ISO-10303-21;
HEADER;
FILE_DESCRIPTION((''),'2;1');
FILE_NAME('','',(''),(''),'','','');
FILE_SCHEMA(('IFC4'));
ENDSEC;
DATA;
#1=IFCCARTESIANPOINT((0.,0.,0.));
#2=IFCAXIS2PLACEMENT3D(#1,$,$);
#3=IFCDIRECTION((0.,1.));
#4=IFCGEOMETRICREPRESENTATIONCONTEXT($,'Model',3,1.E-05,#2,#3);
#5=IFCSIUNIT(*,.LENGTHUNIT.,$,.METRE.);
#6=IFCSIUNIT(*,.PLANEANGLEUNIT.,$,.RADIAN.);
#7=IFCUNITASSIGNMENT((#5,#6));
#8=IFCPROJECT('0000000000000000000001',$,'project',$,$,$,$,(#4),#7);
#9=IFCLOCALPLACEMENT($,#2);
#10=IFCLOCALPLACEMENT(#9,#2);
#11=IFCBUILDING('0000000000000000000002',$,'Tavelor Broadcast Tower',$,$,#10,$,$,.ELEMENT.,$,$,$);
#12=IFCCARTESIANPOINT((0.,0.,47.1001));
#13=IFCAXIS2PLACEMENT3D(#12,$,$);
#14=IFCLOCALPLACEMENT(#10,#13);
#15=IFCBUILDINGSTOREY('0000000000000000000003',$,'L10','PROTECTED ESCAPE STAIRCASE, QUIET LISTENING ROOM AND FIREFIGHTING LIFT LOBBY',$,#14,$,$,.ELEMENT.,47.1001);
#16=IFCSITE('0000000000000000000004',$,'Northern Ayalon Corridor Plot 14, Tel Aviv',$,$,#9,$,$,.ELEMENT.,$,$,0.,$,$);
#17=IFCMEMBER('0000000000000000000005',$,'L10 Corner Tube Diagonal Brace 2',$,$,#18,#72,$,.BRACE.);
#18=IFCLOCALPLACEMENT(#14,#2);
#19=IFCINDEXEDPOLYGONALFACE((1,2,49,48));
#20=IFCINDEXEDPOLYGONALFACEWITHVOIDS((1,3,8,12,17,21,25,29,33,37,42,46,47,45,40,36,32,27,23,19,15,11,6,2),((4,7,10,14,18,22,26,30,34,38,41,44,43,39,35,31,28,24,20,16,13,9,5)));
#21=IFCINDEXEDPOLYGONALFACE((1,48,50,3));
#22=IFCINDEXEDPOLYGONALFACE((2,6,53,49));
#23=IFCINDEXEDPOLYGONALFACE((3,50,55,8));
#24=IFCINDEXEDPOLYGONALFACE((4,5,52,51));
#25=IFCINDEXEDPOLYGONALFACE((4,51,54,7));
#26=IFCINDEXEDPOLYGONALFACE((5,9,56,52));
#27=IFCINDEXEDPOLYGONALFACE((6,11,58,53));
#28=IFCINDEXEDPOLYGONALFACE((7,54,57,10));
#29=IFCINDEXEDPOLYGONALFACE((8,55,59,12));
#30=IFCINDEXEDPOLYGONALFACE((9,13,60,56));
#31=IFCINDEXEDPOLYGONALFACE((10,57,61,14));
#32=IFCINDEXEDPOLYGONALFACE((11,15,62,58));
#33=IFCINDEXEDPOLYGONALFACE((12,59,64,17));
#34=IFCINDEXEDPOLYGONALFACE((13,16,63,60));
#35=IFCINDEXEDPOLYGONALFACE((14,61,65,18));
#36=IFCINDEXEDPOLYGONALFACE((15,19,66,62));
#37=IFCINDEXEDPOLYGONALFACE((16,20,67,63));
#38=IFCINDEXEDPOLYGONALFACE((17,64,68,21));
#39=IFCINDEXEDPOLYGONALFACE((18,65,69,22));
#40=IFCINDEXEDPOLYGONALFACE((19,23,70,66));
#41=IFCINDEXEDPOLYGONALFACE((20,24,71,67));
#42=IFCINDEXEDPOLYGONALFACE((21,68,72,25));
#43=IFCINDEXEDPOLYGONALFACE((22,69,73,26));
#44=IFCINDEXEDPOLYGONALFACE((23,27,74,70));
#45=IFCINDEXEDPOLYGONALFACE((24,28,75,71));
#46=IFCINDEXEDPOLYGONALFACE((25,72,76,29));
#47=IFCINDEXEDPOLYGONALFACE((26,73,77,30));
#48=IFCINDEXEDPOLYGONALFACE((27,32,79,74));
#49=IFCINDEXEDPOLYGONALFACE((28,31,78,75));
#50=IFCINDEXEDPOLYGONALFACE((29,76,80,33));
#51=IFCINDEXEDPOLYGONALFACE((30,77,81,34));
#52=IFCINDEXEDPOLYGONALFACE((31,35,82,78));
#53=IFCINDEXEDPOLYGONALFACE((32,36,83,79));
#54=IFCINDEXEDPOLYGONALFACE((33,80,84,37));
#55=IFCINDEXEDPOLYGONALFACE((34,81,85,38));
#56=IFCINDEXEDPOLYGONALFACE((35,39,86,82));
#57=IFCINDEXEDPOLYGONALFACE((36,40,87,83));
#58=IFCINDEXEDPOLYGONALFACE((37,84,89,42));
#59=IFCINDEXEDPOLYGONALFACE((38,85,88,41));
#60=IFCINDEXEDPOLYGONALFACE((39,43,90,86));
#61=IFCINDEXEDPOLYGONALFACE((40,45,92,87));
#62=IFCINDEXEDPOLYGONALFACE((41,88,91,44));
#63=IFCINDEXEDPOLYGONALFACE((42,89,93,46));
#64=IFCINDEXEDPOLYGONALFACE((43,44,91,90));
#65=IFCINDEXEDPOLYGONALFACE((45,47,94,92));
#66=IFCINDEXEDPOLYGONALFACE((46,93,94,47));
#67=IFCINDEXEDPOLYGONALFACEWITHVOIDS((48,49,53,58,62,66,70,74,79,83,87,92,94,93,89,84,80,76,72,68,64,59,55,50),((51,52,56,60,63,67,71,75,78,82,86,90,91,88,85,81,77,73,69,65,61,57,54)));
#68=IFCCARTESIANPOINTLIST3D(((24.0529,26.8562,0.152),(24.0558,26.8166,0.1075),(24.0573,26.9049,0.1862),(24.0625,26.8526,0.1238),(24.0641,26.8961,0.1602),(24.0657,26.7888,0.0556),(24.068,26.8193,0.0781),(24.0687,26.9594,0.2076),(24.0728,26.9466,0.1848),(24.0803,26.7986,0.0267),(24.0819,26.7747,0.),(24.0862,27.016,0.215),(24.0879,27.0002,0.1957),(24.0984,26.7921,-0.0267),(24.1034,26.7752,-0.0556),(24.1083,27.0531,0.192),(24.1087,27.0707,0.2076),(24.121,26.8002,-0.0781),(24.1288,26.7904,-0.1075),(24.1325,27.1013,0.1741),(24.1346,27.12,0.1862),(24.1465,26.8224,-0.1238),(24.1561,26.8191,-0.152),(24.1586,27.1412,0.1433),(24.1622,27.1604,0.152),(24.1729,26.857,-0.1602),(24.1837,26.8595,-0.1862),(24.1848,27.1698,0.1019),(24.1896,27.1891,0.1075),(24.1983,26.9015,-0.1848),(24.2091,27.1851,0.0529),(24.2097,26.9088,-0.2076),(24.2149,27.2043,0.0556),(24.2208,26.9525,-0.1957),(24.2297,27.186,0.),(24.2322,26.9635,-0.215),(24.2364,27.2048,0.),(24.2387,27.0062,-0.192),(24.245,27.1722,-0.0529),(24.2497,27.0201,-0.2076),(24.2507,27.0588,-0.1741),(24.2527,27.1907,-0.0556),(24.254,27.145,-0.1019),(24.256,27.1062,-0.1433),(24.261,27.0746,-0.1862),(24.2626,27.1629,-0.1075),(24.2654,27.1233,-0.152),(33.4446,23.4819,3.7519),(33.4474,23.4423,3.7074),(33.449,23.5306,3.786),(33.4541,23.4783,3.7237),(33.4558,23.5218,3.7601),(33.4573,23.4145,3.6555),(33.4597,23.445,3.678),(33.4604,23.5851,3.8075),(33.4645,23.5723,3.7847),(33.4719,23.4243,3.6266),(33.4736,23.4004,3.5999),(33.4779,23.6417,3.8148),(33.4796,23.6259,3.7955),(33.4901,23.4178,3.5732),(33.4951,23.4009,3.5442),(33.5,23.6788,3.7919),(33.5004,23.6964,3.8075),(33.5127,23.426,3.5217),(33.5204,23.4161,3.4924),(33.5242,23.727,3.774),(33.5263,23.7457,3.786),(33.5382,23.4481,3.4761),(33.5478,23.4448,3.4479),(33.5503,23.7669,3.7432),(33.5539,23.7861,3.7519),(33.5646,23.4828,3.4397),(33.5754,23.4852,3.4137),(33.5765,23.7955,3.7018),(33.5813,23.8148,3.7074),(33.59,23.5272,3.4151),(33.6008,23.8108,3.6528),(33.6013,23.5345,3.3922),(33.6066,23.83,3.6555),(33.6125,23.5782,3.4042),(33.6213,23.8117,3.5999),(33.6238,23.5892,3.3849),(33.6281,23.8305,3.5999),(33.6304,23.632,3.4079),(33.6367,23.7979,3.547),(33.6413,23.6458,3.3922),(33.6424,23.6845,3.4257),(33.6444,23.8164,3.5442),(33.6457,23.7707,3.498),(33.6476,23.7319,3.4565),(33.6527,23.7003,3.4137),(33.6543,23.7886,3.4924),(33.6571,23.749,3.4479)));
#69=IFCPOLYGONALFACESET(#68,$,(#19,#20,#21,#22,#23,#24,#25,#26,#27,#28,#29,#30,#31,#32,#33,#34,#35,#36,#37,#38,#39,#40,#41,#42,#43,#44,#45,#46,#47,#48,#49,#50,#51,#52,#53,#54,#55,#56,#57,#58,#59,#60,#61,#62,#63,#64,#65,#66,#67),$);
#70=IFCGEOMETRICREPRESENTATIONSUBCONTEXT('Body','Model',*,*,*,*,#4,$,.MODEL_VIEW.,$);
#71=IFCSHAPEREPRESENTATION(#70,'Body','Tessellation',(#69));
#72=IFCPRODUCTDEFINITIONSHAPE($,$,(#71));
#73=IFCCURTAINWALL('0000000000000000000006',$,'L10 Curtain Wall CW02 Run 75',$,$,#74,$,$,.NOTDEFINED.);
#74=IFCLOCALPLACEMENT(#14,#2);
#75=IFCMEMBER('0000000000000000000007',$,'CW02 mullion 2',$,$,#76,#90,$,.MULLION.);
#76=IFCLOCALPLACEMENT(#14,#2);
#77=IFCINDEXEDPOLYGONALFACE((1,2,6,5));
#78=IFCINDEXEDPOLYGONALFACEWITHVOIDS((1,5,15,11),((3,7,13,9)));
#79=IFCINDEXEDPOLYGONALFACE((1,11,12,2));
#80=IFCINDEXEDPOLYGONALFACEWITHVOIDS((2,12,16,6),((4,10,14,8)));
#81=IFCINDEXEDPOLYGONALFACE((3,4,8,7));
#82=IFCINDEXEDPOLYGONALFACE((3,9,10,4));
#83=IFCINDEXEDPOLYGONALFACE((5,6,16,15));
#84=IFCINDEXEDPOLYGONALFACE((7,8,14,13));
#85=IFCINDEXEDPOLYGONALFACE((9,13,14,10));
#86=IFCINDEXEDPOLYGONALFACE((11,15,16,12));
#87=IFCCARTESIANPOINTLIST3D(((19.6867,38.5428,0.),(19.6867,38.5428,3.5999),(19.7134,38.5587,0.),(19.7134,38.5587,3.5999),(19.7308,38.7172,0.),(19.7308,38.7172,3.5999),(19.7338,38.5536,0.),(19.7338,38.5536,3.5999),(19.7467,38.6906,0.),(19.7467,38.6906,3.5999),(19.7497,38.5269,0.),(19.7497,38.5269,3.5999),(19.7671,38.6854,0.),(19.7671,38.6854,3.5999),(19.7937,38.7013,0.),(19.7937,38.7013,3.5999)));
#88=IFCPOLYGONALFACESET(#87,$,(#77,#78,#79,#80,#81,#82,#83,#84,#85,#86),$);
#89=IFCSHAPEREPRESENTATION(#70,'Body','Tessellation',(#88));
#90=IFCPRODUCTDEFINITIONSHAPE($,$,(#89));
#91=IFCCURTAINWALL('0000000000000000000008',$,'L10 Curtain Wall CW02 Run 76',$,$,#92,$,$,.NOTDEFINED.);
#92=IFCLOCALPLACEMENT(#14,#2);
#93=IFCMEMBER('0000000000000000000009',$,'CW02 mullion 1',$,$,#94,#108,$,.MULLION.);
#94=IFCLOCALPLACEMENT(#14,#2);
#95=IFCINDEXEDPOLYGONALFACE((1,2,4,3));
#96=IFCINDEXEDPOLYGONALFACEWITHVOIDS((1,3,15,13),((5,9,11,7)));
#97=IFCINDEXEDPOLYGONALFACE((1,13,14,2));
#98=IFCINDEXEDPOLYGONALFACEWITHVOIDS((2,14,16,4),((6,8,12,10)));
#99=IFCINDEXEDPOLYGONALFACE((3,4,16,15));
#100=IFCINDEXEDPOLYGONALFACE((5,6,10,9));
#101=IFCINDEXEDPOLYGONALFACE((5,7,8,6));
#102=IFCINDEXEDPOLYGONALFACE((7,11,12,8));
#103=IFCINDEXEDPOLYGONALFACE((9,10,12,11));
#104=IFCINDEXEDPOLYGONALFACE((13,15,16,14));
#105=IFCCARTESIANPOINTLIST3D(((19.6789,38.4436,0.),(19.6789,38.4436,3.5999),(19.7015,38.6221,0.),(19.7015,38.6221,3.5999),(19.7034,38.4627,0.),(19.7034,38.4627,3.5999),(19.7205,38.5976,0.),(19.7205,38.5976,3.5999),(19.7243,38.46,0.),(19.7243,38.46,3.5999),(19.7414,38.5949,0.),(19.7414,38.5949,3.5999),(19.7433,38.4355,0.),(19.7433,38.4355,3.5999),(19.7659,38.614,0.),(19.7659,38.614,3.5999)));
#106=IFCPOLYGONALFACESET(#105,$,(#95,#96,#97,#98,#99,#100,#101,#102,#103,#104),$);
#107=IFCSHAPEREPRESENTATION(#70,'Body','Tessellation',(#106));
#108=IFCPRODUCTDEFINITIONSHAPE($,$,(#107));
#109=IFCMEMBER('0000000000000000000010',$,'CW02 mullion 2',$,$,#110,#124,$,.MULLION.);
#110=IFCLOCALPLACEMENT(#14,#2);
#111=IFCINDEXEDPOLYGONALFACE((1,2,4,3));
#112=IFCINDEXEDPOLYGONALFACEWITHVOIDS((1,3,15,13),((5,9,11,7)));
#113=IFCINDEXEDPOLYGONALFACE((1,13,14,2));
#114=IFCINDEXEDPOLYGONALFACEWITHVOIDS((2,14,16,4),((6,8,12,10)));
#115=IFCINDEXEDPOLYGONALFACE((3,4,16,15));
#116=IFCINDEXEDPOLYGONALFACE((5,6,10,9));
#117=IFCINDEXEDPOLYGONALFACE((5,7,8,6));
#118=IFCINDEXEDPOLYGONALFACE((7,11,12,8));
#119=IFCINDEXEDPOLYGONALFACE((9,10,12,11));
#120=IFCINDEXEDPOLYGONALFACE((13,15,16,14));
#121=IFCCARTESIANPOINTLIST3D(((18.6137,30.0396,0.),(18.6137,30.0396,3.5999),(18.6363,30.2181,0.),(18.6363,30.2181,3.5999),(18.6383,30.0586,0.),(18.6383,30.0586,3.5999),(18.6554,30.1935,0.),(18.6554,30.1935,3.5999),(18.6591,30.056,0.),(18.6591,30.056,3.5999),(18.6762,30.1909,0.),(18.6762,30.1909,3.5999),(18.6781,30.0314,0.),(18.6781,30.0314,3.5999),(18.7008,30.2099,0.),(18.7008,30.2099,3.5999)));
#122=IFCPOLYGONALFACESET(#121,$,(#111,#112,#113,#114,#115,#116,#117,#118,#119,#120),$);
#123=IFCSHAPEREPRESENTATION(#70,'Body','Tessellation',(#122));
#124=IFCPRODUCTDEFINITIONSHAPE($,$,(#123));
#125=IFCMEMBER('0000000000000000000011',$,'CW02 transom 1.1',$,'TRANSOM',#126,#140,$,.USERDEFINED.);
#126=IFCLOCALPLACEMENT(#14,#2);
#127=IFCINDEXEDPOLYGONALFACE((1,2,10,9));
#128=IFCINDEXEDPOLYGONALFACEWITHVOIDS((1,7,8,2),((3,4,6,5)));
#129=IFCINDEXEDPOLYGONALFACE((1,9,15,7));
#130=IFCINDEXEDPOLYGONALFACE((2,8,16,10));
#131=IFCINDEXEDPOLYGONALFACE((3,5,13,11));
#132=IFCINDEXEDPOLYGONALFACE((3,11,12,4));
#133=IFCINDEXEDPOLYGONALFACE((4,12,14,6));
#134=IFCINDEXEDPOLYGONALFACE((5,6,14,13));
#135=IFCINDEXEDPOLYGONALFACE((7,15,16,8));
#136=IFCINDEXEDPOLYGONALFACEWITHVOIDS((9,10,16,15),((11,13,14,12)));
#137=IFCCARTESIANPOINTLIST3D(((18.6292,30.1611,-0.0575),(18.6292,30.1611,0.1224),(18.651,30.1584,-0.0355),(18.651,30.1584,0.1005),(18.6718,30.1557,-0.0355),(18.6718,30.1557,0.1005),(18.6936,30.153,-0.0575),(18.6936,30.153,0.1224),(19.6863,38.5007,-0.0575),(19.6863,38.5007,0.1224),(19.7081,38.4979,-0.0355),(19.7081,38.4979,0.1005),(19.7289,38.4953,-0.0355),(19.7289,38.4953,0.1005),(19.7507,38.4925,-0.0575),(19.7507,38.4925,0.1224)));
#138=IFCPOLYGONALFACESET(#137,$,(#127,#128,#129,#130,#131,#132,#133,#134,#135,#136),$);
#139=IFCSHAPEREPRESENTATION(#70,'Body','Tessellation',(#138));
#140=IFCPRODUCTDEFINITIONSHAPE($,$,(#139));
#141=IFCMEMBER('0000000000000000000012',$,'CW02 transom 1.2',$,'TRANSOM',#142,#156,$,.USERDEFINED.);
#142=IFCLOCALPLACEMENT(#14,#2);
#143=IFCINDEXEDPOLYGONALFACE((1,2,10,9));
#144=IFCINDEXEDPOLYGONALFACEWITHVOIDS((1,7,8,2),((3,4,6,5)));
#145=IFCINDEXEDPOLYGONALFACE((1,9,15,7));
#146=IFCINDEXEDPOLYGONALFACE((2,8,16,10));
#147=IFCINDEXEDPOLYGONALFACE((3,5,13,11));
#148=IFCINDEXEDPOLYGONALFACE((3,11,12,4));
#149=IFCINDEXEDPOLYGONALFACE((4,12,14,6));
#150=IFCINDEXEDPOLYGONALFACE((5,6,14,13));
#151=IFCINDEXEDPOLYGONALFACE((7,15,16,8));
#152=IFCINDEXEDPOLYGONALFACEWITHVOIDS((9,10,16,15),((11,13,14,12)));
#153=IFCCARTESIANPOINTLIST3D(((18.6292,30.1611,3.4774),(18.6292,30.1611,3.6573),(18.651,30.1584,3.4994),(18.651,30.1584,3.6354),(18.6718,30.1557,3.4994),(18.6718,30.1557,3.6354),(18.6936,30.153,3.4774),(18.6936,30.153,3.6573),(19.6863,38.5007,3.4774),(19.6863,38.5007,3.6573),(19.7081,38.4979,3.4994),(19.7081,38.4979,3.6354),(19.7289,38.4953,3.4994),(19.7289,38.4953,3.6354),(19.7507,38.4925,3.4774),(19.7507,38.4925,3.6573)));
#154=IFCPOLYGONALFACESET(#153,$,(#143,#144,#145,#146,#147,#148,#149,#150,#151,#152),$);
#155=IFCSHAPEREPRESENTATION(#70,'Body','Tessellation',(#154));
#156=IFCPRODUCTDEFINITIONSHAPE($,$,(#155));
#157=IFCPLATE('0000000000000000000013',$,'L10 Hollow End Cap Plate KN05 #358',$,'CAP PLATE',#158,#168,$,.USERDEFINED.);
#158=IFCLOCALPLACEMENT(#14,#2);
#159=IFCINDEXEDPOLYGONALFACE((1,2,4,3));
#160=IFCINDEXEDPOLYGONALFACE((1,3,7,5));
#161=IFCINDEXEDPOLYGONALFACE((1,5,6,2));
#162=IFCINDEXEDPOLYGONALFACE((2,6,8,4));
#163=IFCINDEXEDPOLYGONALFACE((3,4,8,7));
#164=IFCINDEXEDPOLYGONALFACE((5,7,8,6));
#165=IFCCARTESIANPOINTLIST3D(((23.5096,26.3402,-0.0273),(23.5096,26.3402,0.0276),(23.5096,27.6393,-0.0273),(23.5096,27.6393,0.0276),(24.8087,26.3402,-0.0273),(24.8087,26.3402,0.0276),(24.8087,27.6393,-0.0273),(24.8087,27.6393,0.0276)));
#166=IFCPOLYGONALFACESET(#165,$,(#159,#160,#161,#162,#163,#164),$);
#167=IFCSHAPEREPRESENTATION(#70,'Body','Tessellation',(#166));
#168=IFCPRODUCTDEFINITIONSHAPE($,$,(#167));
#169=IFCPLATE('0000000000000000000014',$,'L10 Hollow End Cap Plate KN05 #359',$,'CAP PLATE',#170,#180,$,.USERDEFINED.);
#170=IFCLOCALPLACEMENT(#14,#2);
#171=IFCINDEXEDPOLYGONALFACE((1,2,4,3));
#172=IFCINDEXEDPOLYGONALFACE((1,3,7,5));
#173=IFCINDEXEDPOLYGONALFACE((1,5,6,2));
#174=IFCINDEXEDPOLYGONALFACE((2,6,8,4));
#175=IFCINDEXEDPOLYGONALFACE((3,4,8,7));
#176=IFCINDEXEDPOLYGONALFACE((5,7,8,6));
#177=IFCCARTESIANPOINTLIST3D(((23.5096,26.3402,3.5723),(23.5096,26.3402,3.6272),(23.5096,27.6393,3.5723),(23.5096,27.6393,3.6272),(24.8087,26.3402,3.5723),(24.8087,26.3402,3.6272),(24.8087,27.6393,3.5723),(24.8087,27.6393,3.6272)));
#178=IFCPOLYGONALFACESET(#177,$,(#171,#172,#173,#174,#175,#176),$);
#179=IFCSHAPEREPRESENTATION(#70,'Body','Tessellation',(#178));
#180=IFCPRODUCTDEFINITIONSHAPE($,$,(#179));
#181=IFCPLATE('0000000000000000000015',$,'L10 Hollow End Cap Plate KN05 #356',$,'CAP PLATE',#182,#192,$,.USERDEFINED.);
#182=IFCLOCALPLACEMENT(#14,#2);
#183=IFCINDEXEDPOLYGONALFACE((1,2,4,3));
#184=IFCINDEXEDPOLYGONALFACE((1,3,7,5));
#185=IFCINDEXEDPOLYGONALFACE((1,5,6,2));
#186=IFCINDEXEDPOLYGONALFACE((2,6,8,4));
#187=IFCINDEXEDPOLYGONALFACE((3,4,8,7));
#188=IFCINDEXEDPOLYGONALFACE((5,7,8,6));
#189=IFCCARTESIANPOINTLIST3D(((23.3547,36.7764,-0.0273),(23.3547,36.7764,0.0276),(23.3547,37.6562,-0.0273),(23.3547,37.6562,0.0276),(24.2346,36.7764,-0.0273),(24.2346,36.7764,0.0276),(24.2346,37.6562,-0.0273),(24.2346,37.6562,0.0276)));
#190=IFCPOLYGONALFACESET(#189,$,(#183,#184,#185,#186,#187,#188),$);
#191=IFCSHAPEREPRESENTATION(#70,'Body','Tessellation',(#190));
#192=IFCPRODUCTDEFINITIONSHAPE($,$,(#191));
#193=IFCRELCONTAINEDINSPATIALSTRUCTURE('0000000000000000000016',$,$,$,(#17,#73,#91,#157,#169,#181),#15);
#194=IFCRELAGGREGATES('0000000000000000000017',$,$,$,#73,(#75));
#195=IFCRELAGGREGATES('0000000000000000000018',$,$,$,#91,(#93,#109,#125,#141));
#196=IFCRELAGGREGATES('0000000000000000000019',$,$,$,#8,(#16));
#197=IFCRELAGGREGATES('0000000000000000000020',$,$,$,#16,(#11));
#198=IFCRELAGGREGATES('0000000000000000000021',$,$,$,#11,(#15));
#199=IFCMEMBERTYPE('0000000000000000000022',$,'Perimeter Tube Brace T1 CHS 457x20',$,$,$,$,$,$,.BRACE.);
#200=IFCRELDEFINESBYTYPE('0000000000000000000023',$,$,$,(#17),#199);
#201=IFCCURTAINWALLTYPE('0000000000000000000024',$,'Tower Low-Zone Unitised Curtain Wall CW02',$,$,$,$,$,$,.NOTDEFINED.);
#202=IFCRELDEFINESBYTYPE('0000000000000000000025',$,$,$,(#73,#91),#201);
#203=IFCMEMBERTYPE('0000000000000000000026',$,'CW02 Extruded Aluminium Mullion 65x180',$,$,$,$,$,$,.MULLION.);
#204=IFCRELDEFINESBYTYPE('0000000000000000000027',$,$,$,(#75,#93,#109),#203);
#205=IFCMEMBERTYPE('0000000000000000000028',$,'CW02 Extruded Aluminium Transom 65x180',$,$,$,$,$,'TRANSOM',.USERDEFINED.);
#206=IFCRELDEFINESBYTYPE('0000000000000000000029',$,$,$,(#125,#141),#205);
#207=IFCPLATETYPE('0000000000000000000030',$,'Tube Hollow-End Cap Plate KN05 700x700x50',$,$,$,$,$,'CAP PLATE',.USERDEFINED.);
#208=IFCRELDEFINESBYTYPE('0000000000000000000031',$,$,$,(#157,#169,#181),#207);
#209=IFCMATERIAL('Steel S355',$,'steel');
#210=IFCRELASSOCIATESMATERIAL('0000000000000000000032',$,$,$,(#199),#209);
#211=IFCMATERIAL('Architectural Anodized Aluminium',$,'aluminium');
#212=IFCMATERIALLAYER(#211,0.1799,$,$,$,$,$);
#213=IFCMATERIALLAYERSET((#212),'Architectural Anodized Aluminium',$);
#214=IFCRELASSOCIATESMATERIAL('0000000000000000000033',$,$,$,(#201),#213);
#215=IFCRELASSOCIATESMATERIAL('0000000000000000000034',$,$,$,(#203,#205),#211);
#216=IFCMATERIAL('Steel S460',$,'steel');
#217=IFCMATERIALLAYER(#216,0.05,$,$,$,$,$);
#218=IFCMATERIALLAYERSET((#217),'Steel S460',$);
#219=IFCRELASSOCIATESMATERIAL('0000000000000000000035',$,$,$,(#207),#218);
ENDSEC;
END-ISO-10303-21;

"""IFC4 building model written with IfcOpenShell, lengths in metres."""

from ifc_helpers import new_model, si_unit, direction, frame, origin, origin_2d, place, context, subcontext, project, spatial, rectangle, hollow_rectangle, hollow_circle, extrude, source, transform, mapped, material, layer, layer_set, material_profile, profile_set, type_object, type_shapes, element, aggregate, save


model = new_model("IFC4")

# Units and contexts
model_context = context("Model", 3, precision=1e-05, world=origin(), true_north=direction((0.0, 1.0)))
body_context = subcontext(model_context, "Body", "Model", "MODEL_VIEW")
ifc_project = project(units=[si_unit("LENGTHUNIT", "METRE"), si_unit("PLANEANGLEUNIT", "RADIAN")], contexts=[model_context])

# Site, building, storey
site_placement = place(None, origin())
site = spatial("IfcSite", under=ifc_project, at=site_placement, Name="Northern Ayalon Corridor Plot 14, Tel Aviv", CompositionType="ELEMENT", RefElevation=0.0)
building_placement = place(site_placement, origin())
building = spatial("IfcBuilding", under=site, at=building_placement, Name="Tavelor Broadcast Tower", CompositionType="ELEMENT")
storey_placement = place(building_placement, frame((0.0, 0.0, 47.1001)))
storey = spatial("IfcBuildingStorey", under=building, at=storey_placement, Name="L10", Description="PROTECTED ESCAPE STAIRCASE, QUIET LISTENING ROOM AND FIREFIGHTING LIFT LOBBY", CompositionType="ELEMENT", Elevation=47.1001)

# Shared definitions
ifc_material_1 = material(Name="Steel S460", Category="steel")

# Shared definitions
ifc_material_2 = material(Name="Steel S355", Category="steel")

# Member
ifc_material_profile_1 = material_profile(ifc_material_2, hollow_circle(Radius=0.2285, WallThickness=0.02, at=origin_2d()), Name="CHS 457x20")
ifc_profile_set_1 = profile_set([ifc_material_profile_1], Name="Steel S355")
member_type_1 = type_object("IfcMemberType", Name="Perimeter Tube Brace T1 CHS 457x20", PredefinedType="BRACE", material=ifc_profile_set_1)
member_1_placement = place(storey_placement, frame((24.1592, 26.9897, 0.0), z_axis=(0.885265, -0.318063, 0.339327), x_axis=(0.338124, 0.941101, 0.0)))
element("IfcMember", 1, at=member_1_placement, inside=storey, type_object=member_type_1, Name="L10 Corner Tube Diagonal Brace 2", PredefinedType="BRACE", context=body_context, shape_type="SweptSolid", body=[
    extrude(hollow_circle(Radius=0.2285, WallThickness=0.02, at=origin_2d()), origin(), (0.0, 0.0, 1.0), 10.6089),
])

# Curtain wall, member
ifc_material_3 = material(Name="Architectural Anodized Aluminium", Category="aluminium")
ifc_layer_1 = layer(ifc_material_3, 0.1799)
ifc_layer_set_1 = layer_set([ifc_layer_1], Name="Architectural Anodized Aluminium")
curtain_wall_type = type_object("IfcCurtainWallType", Name="Tower Low-Zone Unitised Curtain Wall CW02", PredefinedType="NOTDEFINED", material=ifc_layer_set_1)
curtain_wall_1_placement = place(storey_placement, origin())
curtain_wall_1 = element("IfcCurtainWall", 2, at=curtain_wall_1_placement, inside=storey, type_object=curtain_wall_type, Name="L10 Curtain Wall CW02 Run 75", PredefinedType="NOTDEFINED")
ifc_material_profile_2 = material_profile(ifc_material_3, hollow_rectangle(XDim=0.0649, YDim=0.1799, WallThickness=0.022, at=origin_2d()), Name="RHS 65x180x22")
ifc_profile_set_2 = profile_set([ifc_material_profile_2], Name="Architectural Anodized Aluminium")
member_type_2 = type_object("IfcMemberType", Name="CW02 Extruded Aluminium Mullion 65x180", PredefinedType="MULLION", material=ifc_profile_set_2)
shared_shape_1 = source(origin(), body_context, "Body", "SweptSolid", [
    extrude(hollow_rectangle(XDim=0.0649, YDim=0.1799, WallThickness=0.022, at=origin_2d()), origin(), (0.0, 0.0, 1.0), 3.5999),
])
type_shapes(member_type_2, [shared_shape_1])
member_2_placement = place(storey_placement, frame((19.7402, 38.6221, 0.0), z_axis=(0.0, 0.0, 1.0), x_axis=(0.969555, -0.244874, 0.0)))
member_2 = element("IfcMember", 3, at=member_2_placement, type_object=member_type_2, Name="CW02 mullion 2", PredefinedType="MULLION", context=body_context, shape_type="MappedRepresentation", body=[
    mapped(shared_shape_1, transform((0.0, 0.0, 0.0), scale=1.0)),
])
aggregate(curtain_wall_1, [member_2])

# Curtain wall, members
curtain_wall_2_placement = place(storey_placement, origin())
curtain_wall_2 = element("IfcCurtainWall", 4, at=curtain_wall_2_placement, inside=storey, type_object=curtain_wall_type, Name="L10 Curtain Wall CW02 Run 76", PredefinedType="NOTDEFINED")
member_3_placement = place(storey_placement, frame((19.7224, 38.5288, 0.0), z_axis=(0.0, 0.0, 1.0), x_axis=(0.992063, -0.125745, 0.0)))
member_3 = element("IfcMember", 5, at=member_3_placement, type_object=member_type_2, Name="CW02 mullion 1", PredefinedType="MULLION", context=body_context, shape_type="MappedRepresentation", body=[
    mapped(shared_shape_1, transform((0.0, 0.0, 0.0), scale=1.0)),
])
member_4_placement = place(storey_placement, frame((18.6572, 30.1248, 0.0), z_axis=(0.0, 0.0, 1.0), x_axis=(0.992063, -0.125745, 0.0)))
member_4 = element("IfcMember", 6, at=member_4_placement, type_object=member_type_2, Name="CW02 mullion 2", PredefinedType="MULLION", context=body_context, shape_type="MappedRepresentation", body=[
    mapped(shared_shape_1, transform((0.0, 0.0, 0.0), scale=1.0)),
])
ifc_material_profile_3 = material_profile(ifc_material_3, hollow_rectangle(XDim=0.0649, YDim=0.1799, WallThickness=0.022, at=origin_2d()), Name="RHS 65x180x22")
ifc_profile_set_3 = profile_set([ifc_material_profile_3], Name="Architectural Anodized Aluminium")
member_type_3 = type_object("IfcMemberType", Name="CW02 Extruded Aluminium Transom 65x180", ElementType="TRANSOM", PredefinedType="USERDEFINED", material=ifc_profile_set_3)
shared_shape_2 = source(origin(), body_context, "Body", "SweptSolid", [
    extrude(hollow_rectangle(XDim=0.0649, YDim=0.1799, WallThickness=0.022, at=origin_2d()), origin(), (0.0, 0.0, 1.0), 8.4062),
])
type_shapes(member_type_3, [shared_shape_2])
member_5_placement = place(storey_placement, frame((19.7185, 38.4966, 0.0325), z_axis=(-0.125754, -0.992061, 0.0), x_axis=(0.992061, -0.125754, 0.0)))
member_5 = element("IfcMember", 7, at=member_5_placement, type_object=member_type_3, Name="CW02 transom 1.1", ObjectType="TRANSOM", PredefinedType="USERDEFINED", context=body_context, shape_type="MappedRepresentation", body=[
    mapped(shared_shape_2, transform((0.0, 0.0, 0.0), scale=1.0)),
])
member_6_placement = place(storey_placement, frame((19.7185, 38.4966, 3.5674), z_axis=(-0.125754, -0.992061, 0.0), x_axis=(0.992061, -0.125754, 0.0)))
member_6 = element("IfcMember", 8, at=member_6_placement, type_object=member_type_3, Name="CW02 transom 1.2", ObjectType="TRANSOM", PredefinedType="USERDEFINED", context=body_context, shape_type="MappedRepresentation", body=[
    mapped(shared_shape_2, transform((0.0, 0.0, 0.0), scale=1.0)),
])

# Plates
ifc_layer_2 = layer(ifc_material_1, 0.05)
ifc_layer_set_2 = layer_set([ifc_layer_2], Name="Steel S460")
plate_type_1 = type_object("IfcPlateType", Name="Tube Hollow-End Cap Plate KN05 700x700x50", ElementType="CAP PLATE", PredefinedType="USERDEFINED", material=ifc_layer_set_2)
shared_shape_3 = source(origin(), body_context, "Body", "SweptSolid", [
    extrude(rectangle(XDim=1.2991, YDim=1.2991, at=origin_2d()), origin(), (0.0, 0.0, 1.0), 0.0549),
])
for number, where, z_axis, x_axis, name in (
    (9, (24.1592, 26.9897, -0.0273), (0.0, 0.0, 1.0), (1.0, 0.0, 0.0), "L10 Hollow End Cap Plate KN05 #358"),
    (10, (24.1592, 26.9897, 3.5723), (0.0, 0.0, 1.0), (1.0, 0.0, 0.0), "L10 Hollow End Cap Plate KN05 #359"),
):
    element("IfcPlate", number, at=place(storey_placement, frame(where, z_axis=z_axis, x_axis=x_axis)), inside=storey, type_object=plate_type_1, Name=name, ObjectType="CAP PLATE", PredefinedType="USERDEFINED", context=body_context, shape_type="MappedRepresentation", body=[
        mapped(shared_shape_3, transform((0.0, 0.0, 0.0), scale=1.0)),
    ])
shared_shape_4 = source(origin(), body_context, "Body", "SweptSolid", [
    extrude(rectangle(XDim=0.8799, YDim=0.8799, at=origin_2d()), origin(), (0.0, 0.0, 1.0), 0.0549),
])
type_shapes(plate_type_1, [shared_shape_3, shared_shape_4])
for number, where, z_axis, x_axis, name in (
    (11, (23.7947, 37.2163, -0.0273), (0.0, 0.0, 1.0), (1.0, 0.0, 0.0), "L10 Hollow End Cap Plate KN05 #356"),
):
    element("IfcPlate", number, at=place(storey_placement, frame(where, z_axis=z_axis, x_axis=x_axis)), inside=storey, type_object=plate_type_1, Name=name, ObjectType="CAP PLATE", PredefinedType="USERDEFINED", context=body_context, shape_type="MappedRepresentation", body=[
        mapped(shared_shape_4, transform((0.0, 0.0, 0.0), scale=1.0)),
    ])

aggregate(curtain_wall_2, [member_3, member_4, member_5, member_6])

save(model, "model.ifc")
